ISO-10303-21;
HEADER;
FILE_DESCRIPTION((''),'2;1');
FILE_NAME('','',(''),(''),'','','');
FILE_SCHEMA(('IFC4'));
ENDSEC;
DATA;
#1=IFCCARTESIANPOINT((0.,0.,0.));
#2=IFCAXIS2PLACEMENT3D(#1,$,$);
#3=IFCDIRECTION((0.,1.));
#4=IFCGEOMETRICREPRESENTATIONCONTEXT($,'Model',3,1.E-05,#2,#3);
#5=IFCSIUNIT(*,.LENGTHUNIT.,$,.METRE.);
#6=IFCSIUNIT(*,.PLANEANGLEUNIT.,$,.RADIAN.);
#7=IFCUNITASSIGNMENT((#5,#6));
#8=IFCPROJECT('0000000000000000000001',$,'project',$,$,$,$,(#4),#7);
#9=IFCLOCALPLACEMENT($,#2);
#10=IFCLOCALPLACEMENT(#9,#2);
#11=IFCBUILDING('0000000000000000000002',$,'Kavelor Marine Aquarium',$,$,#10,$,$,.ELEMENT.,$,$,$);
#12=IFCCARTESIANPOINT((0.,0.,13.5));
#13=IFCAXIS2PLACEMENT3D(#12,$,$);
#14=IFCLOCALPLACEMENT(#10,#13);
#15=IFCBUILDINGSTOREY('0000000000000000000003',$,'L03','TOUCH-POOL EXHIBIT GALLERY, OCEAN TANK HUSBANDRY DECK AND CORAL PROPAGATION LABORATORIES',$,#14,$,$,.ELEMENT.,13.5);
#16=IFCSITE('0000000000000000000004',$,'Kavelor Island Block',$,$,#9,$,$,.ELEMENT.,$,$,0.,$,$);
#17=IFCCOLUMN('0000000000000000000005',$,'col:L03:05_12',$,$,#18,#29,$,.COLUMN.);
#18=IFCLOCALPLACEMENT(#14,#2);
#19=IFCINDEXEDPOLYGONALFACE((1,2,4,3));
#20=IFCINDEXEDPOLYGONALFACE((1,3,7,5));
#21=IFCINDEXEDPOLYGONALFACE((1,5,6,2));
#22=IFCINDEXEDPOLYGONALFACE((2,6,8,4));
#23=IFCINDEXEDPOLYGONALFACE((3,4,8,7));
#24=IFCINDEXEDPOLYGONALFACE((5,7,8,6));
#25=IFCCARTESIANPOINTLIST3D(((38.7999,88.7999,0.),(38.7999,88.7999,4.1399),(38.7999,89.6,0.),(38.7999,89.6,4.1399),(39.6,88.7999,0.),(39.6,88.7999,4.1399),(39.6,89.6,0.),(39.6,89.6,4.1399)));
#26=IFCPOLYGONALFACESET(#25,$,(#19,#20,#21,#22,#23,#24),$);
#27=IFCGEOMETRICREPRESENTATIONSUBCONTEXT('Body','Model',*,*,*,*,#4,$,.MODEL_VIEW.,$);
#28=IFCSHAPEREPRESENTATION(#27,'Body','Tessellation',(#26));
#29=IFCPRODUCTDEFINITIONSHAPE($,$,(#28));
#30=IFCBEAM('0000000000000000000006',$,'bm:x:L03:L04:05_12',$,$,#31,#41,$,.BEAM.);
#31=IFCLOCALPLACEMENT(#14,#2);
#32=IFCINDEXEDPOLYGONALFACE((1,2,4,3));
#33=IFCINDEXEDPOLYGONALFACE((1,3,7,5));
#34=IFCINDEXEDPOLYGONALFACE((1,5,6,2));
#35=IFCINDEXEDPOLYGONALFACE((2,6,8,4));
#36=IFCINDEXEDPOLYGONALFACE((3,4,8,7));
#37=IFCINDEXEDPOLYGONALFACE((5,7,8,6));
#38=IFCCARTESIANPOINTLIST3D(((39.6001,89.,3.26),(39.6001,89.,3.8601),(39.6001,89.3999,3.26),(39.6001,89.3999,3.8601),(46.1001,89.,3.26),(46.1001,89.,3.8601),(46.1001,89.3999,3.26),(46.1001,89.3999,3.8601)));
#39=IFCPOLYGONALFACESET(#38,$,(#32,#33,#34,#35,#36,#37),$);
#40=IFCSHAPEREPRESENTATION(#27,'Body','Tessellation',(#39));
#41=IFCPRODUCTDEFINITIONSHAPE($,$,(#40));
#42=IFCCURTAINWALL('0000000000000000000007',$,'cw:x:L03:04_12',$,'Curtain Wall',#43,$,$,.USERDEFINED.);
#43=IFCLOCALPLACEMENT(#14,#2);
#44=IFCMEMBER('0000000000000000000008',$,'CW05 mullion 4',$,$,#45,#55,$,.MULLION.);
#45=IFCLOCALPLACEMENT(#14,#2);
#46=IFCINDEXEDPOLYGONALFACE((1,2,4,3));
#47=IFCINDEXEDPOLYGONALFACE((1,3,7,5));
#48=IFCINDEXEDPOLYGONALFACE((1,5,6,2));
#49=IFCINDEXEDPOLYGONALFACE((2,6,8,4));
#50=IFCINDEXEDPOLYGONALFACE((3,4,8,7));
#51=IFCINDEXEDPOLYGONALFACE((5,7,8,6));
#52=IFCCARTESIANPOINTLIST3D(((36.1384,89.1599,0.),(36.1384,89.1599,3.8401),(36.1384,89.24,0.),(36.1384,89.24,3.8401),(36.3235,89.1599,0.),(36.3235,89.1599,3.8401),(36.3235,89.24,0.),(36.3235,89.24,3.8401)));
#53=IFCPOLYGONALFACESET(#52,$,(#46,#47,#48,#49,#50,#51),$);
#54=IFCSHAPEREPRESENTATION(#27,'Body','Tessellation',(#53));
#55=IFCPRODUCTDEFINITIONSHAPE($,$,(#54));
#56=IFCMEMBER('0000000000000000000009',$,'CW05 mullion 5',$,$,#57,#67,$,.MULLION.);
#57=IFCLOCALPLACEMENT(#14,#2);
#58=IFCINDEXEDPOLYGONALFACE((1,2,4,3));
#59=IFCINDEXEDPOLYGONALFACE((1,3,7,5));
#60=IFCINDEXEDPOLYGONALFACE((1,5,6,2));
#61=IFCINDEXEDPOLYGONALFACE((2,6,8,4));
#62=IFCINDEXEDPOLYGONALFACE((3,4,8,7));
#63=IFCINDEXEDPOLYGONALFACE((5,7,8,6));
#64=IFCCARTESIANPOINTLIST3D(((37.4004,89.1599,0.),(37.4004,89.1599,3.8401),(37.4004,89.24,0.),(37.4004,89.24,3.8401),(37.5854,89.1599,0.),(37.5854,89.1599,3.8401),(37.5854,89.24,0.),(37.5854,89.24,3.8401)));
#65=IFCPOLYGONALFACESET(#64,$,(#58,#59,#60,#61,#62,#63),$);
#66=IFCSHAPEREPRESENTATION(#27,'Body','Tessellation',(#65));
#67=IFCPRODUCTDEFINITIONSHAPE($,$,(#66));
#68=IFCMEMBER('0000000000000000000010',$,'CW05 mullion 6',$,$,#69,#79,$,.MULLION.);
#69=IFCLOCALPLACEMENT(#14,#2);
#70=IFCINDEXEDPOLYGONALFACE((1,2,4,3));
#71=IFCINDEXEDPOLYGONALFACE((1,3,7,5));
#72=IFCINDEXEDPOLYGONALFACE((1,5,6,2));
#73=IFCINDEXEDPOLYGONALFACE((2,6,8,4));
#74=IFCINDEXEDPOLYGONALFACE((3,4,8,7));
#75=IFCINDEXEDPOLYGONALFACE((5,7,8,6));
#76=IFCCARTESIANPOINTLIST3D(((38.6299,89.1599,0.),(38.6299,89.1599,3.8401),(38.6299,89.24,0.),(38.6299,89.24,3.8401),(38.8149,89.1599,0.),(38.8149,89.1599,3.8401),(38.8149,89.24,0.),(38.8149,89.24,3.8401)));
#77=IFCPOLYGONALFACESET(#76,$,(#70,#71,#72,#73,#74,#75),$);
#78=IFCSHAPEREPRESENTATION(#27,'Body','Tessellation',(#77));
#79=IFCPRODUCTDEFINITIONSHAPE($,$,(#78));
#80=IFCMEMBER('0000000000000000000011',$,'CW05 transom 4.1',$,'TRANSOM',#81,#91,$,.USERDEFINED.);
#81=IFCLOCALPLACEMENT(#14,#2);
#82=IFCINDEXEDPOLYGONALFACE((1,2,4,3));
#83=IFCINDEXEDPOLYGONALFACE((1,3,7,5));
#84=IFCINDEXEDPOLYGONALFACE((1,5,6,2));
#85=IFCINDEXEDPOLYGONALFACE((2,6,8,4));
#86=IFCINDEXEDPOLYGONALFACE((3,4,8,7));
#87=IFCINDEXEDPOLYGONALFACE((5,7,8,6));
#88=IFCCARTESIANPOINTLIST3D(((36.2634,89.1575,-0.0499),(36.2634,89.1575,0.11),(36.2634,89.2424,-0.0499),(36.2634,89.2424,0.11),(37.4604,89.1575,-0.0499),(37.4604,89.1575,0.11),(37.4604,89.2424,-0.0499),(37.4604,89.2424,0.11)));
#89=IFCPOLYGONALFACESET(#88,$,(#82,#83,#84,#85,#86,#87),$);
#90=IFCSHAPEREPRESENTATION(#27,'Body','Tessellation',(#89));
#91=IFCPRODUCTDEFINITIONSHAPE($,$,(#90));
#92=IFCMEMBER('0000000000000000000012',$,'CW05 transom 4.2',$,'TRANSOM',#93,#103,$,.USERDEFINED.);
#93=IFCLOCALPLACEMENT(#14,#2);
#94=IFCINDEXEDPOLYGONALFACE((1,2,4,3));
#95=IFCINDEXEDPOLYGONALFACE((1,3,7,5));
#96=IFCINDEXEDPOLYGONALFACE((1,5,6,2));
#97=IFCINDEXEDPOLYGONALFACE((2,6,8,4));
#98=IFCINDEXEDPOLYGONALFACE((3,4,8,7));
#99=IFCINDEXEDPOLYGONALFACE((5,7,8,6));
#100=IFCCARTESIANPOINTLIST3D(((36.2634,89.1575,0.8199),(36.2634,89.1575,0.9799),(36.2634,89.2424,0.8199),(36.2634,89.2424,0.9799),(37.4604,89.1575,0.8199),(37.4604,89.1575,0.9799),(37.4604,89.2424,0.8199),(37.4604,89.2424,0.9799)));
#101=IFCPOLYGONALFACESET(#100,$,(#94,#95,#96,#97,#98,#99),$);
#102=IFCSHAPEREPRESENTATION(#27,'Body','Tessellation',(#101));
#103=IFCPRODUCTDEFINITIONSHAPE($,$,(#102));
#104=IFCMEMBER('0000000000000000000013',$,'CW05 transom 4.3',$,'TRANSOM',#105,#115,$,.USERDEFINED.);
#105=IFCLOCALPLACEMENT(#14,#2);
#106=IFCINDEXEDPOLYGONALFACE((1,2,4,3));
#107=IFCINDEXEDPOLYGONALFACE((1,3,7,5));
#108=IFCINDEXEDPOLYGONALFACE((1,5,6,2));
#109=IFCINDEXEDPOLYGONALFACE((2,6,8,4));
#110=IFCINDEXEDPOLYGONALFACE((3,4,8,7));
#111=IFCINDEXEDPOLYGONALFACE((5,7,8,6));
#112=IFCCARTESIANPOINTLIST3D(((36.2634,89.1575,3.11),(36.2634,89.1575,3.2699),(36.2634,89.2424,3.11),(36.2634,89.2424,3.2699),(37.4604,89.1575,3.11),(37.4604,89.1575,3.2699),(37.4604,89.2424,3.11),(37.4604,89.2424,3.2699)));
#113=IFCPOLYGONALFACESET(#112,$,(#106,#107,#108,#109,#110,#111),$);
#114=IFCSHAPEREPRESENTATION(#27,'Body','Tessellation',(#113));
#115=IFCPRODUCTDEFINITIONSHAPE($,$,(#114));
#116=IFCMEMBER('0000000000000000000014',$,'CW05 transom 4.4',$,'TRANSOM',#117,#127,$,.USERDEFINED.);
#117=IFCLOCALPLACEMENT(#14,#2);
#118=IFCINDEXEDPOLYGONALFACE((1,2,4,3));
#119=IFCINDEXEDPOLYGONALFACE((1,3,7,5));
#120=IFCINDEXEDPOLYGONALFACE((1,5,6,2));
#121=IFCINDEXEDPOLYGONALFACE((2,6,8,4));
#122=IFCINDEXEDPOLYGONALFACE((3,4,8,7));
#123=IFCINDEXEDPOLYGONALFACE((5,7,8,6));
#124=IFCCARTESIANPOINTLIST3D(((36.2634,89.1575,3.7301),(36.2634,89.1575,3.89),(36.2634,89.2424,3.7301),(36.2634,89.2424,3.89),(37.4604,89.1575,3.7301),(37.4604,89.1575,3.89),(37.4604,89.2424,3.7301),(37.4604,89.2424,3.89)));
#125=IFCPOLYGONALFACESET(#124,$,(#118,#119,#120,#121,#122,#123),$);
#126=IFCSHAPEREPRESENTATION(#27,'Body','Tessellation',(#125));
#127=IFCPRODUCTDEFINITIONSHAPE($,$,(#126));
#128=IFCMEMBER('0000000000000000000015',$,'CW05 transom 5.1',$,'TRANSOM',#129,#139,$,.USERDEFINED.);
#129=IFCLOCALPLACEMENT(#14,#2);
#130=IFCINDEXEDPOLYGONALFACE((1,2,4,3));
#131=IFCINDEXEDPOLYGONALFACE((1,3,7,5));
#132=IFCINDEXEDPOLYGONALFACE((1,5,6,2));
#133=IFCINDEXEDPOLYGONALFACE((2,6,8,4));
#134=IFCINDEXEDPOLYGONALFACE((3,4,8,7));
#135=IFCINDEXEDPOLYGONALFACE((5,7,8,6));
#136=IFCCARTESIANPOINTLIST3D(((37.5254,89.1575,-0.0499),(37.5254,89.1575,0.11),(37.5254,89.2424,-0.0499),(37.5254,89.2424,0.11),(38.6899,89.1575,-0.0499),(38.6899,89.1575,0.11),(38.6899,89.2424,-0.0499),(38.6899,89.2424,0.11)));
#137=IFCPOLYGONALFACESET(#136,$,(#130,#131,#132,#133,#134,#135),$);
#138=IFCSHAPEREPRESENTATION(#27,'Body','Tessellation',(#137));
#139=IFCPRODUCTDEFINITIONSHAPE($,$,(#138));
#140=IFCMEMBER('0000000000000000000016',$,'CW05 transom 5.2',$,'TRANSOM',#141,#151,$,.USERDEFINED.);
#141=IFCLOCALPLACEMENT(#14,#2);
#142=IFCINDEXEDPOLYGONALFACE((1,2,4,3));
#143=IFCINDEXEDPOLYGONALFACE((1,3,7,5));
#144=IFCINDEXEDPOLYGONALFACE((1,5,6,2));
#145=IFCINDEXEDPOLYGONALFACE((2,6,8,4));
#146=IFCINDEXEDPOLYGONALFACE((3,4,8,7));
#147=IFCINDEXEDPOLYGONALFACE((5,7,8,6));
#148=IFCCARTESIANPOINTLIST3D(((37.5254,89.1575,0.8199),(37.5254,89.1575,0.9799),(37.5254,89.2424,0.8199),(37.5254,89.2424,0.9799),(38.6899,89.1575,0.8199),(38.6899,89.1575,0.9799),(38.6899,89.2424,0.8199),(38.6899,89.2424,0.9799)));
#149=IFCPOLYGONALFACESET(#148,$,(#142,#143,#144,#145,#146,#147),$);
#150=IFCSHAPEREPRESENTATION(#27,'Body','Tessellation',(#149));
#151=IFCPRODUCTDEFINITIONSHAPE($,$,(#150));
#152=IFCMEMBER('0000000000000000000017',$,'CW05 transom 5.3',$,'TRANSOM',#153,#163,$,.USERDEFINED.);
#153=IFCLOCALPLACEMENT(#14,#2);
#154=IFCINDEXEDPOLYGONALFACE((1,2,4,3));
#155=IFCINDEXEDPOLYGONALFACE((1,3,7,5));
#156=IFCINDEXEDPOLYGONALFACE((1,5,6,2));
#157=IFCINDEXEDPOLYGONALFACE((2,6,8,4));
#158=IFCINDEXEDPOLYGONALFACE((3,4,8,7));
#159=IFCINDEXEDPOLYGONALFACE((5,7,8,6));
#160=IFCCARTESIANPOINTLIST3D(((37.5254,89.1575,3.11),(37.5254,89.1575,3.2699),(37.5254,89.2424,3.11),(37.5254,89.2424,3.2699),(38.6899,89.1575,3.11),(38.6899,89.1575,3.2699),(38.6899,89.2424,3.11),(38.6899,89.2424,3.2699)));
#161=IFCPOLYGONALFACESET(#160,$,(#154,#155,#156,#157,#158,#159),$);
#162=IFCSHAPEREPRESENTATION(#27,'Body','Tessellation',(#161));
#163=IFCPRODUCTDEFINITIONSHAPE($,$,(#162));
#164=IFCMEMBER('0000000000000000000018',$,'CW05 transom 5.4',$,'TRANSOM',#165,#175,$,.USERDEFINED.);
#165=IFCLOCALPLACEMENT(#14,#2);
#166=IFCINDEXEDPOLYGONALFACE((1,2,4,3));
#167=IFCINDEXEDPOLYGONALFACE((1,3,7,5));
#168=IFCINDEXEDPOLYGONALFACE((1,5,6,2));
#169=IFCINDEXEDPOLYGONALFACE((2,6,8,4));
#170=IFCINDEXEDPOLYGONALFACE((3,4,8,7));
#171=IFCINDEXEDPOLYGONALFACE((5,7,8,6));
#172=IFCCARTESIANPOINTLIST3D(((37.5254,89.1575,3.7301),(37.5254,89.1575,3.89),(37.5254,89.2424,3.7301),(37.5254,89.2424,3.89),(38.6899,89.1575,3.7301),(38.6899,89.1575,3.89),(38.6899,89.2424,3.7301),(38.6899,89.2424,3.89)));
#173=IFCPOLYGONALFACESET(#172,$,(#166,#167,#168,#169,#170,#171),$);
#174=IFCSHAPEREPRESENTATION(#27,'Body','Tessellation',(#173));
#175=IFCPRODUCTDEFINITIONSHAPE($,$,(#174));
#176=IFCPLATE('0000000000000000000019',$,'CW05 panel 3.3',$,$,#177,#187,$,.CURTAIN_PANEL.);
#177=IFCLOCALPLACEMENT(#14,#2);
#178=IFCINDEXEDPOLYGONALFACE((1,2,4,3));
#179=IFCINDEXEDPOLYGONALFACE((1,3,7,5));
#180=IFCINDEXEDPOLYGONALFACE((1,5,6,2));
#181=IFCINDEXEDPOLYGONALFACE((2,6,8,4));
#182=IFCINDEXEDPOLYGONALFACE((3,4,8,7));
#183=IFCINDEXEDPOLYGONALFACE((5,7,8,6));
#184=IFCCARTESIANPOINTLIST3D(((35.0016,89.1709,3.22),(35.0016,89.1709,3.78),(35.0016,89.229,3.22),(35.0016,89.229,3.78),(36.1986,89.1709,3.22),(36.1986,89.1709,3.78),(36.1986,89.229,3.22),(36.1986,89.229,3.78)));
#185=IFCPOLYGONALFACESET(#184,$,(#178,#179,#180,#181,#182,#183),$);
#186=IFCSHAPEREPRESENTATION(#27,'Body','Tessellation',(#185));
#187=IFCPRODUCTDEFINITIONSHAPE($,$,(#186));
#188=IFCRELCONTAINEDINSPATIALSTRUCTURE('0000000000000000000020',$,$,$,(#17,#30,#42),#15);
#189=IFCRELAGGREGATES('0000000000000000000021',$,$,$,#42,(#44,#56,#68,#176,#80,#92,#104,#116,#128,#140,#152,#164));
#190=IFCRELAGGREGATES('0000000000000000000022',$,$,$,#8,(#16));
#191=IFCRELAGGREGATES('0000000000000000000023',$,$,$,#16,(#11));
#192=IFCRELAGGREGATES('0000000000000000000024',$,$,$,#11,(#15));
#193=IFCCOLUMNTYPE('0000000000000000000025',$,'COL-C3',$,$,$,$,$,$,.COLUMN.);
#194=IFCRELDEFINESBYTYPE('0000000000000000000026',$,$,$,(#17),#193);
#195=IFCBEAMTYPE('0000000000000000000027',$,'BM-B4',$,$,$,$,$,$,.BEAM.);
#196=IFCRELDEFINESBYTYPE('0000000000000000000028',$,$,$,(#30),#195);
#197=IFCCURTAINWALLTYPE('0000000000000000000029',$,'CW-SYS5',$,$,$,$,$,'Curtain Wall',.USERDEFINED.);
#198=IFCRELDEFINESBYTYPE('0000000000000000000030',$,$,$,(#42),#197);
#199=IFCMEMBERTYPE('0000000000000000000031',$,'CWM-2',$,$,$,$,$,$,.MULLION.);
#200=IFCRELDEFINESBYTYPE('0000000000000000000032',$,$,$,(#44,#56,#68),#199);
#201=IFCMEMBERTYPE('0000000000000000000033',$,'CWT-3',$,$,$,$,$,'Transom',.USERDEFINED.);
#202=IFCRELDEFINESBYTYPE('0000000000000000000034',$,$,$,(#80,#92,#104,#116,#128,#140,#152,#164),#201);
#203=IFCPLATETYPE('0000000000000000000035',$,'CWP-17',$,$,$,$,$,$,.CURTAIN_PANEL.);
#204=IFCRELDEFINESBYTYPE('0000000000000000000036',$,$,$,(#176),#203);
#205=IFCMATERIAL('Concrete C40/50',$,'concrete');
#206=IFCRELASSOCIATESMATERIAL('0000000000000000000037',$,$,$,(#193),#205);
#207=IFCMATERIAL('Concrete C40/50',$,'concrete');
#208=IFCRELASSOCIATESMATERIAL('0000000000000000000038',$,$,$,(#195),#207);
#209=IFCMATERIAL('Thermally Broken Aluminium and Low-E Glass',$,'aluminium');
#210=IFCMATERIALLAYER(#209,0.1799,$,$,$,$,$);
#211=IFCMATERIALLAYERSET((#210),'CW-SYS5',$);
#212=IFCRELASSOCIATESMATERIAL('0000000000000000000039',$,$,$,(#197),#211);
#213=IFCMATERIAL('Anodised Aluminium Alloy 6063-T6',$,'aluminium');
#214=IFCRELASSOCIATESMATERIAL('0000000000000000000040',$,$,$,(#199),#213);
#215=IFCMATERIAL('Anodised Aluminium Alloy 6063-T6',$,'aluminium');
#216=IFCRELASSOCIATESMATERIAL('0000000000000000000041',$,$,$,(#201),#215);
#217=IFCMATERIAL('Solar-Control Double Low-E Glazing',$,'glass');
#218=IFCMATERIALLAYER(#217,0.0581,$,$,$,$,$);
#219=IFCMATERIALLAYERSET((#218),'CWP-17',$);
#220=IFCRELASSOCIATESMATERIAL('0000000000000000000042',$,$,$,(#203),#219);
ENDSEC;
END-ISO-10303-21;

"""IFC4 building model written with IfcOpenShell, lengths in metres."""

from ifc_helpers import new_model, si_unit, direction, frame, origin, origin_2d, place, context, subcontext, project, spatial, rectangle, extrude, material, layer, layer_set, material_profile, profile_set, type_object, element, aggregate, save


model = new_model("IFC4")

# Units and contexts
model_context = context("Model", 3, precision=1e-05, world=origin(), true_north=direction((0.0, 1.0)))
body_context = subcontext(model_context, "Body", "Model", "MODEL_VIEW")
ifc_project = project(units=[si_unit("LENGTHUNIT", "METRE"), si_unit("PLANEANGLEUNIT", "RADIAN")], contexts=[model_context])

# Site, building, storey
site_placement = place(None, origin())
site = spatial("IfcSite", under=ifc_project, at=site_placement, Name="Kavelor Island Block", CompositionType="ELEMENT", RefElevation=0.0)
building_placement = place(site_placement, origin())
building = spatial("IfcBuilding", under=site, at=building_placement, Name="Kavelor Marine Aquarium", CompositionType="ELEMENT")
storey_placement = place(building_placement, frame((0.0, 0.0, 13.5)))
storey = spatial("IfcBuildingStorey", under=building, at=storey_placement, Name="L03", Description="TOUCH-POOL EXHIBIT GALLERY, OCEAN TANK HUSBANDRY DECK AND CORAL PROPAGATION LABORATORIES", CompositionType="ELEMENT", Elevation=13.5)

# Column
ifc_material_1 = material(Name="Concrete C40/50", Category="concrete")
ifc_material_profile_1 = material_profile(ifc_material_1, rectangle(XDim=0.8, YDim=0.8, at=origin_2d()), Name="RC-COL 800x800")
ifc_profile_set_1 = profile_set([ifc_material_profile_1], Name="Concrete C40/50")
column_type = type_object("IfcColumnType", Name="COL-C3", PredefinedType="COLUMN", material=ifc_profile_set_1)
column_placement = place(storey_placement, frame((39.2, 89.2, 0.0), z_axis=(0.0, 0.0, 1.0), x_axis=(1.0, 0.0, 0.0)))
element("IfcColumn", 1, at=column_placement, inside=storey, type_object=column_type, Name="col:L03:05_12", PredefinedType="COLUMN", context=body_context, shape_type="SweptSolid", body=[
    extrude(rectangle(XDim=0.8, YDim=0.8, at=origin_2d()), origin(), (0.0, 0.0, 1.0), 4.1399),
])

# Beam
ifc_material_2 = material(Name="Concrete C40/50", Category="concrete")
ifc_material_profile_2 = material_profile(ifc_material_2, rectangle(XDim=0.3999, YDim=0.6001, at=origin_2d()), Name="RC-BM 400x600")
ifc_profile_set_2 = profile_set([ifc_material_profile_2], Name="Concrete C40/50")
beam_type = type_object("IfcBeamType", Name="BM-B4", PredefinedType="BEAM", material=ifc_profile_set_2)
beam_placement = place(storey_placement, frame((39.6001, 89.2, 3.5601), z_axis=(1.0, 0.0, 0.0), x_axis=(0.0, 1.0, 0.0)))
element("IfcBeam", 2, at=beam_placement, inside=storey, type_object=beam_type, Name="bm:x:L03:L04:05_12", PredefinedType="BEAM", context=body_context, shape_type="SweptSolid", body=[
    extrude(rectangle(XDim=0.3999, YDim=0.6001, at=origin_2d()), origin(), (0.0, 0.0, 1.0), 6.5),
])

# Curtain wall, members, plate
ifc_material_3 = material(Name="Thermally Broken Aluminium and Low-E Glass", Category="aluminium")
ifc_layer_1 = layer(ifc_material_3, 0.1799)
ifc_layer_set_1 = layer_set([ifc_layer_1], Name="CW-SYS5")
curtain_wall_type = type_object("IfcCurtainWallType", Name="CW-SYS5", ElementType="Curtain Wall", PredefinedType="USERDEFINED", material=ifc_layer_set_1)
curtain_wall_placement = place(storey_placement, origin())
curtain_wall = element("IfcCurtainWall", 3, at=curtain_wall_placement, inside=storey, type_object=curtain_wall_type, Name="cw:x:L03:04_12", ObjectType="Curtain Wall", PredefinedType="USERDEFINED")
ifc_material_4 = material(Name="Anodised Aluminium Alloy 6063-T6", Category="aluminium")
ifc_material_profile_3 = material_profile(ifc_material_4, rectangle(XDim=0.0801, YDim=0.1851, at=origin_2d()), Name="CW-MUL 80x185")
ifc_profile_set_3 = profile_set([ifc_material_profile_3], Name="Anodised Aluminium Alloy 6063-T6")
member_type_1 = type_object("IfcMemberType", Name="CWM-2", PredefinedType="MULLION", material=ifc_profile_set_3)
member_1_placement = place(storey_placement, frame((36.231, 89.2, 0.0), z_axis=(0.0, 0.0, 1.0), x_axis=(0.0, 1.0, 0.0)))
member_1 = element("IfcMember", 4, at=member_1_placement, type_object=member_type_1, Name="CW05 mullion 4", PredefinedType="MULLION", context=body_context, shape_type="SweptSolid", body=[
    extrude(rectangle(XDim=0.0801, YDim=0.1851, at=origin_2d()), origin(), (0.0, 0.0, 1.0), 3.8401),
])
member_2_placement = place(storey_placement, frame((37.4929, 89.2, 0.0), z_axis=(0.0, 0.0, 1.0), x_axis=(0.0, 1.0, 0.0)))
member_2 = element("IfcMember", 5, at=member_2_placement, type_object=member_type_1, Name="CW05 mullion 5", PredefinedType="MULLION", context=body_context, shape_type="SweptSolid", body=[
    extrude(rectangle(XDim=0.0801, YDim=0.1851, at=origin_2d()), origin(), (0.0, 0.0, 1.0), 3.8401),
])
member_3_placement = place(storey_placement, frame((38.7224, 89.2, 0.0), z_axis=(0.0, 0.0, 1.0), x_axis=(0.0, 1.0, 0.0)))
member_3 = element("IfcMember", 6, at=member_3_placement, type_object=member_type_1, Name="CW05 mullion 6", PredefinedType="MULLION", context=body_context, shape_type="SweptSolid", body=[
    extrude(rectangle(XDim=0.0801, YDim=0.1851, at=origin_2d()), origin(), (0.0, 0.0, 1.0), 3.8401),
])
ifc_material_5 = material(Name="Anodised Aluminium Alloy 6063-T6", Category="aluminium")
ifc_material_profile_4 = material_profile(ifc_material_5, rectangle(XDim=0.085, YDim=0.1599, at=origin_2d()), Name="CW-TRN 85x160")
ifc_profile_set_4 = profile_set([ifc_material_profile_4], Name="Anodised Aluminium Alloy 6063-T6")
member_type_2 = type_object("IfcMemberType", Name="CWT-3", ElementType="Transom", PredefinedType="USERDEFINED", material=ifc_profile_set_4)
member_4_placement = place(storey_placement, frame((36.2634, 89.2, 0.03), z_axis=(1.0, 0.0, 0.0), x_axis=(0.0, 1.0, 0.0)))
member_4 = element("IfcMember", 7, at=member_4_placement, type_object=member_type_2, Name="CW05 transom 4.1", ObjectType="TRANSOM", PredefinedType="USERDEFINED", context=body_context, shape_type="SweptSolid", body=[
    extrude(rectangle(XDim=0.085, YDim=0.1599, at=origin_2d()), origin(), (0.0, 0.0, 1.0), 1.197),
])
member_5_placement = place(storey_placement, frame((36.2634, 89.2, 0.8999), z_axis=(1.0, 0.0, 0.0), x_axis=(0.0, 1.0, 0.0)))
member_5 = element("IfcMember", 8, at=member_5_placement, type_object=member_type_2, Name="CW05 transom 4.2", ObjectType="TRANSOM", PredefinedType="USERDEFINED", context=body_context, shape_type="SweptSolid", body=[
    extrude(rectangle(XDim=0.085, YDim=0.1599, at=origin_2d()), origin(), (0.0, 0.0, 1.0), 1.197),
])
member_6_placement = place(storey_placement, frame((36.2634, 89.2, 3.1899), z_axis=(1.0, 0.0, 0.0), x_axis=(0.0, 1.0, 0.0)))
member_6 = element("IfcMember", 9, at=member_6_placement, type_object=member_type_2, Name="CW05 transom 4.3", ObjectType="TRANSOM", PredefinedType="USERDEFINED", context=body_context, shape_type="SweptSolid", body=[
    extrude(rectangle(XDim=0.085, YDim=0.1599, at=origin_2d()), origin(), (0.0, 0.0, 1.0), 1.197),
])
member_7_placement = place(storey_placement, frame((36.2634, 89.2, 3.8101), z_axis=(1.0, 0.0, 0.0), x_axis=(0.0, 1.0, 0.0)))
member_7 = element("IfcMember", 10, at=member_7_placement, type_object=member_type_2, Name="CW05 transom 4.4", ObjectType="TRANSOM", PredefinedType="USERDEFINED", context=body_context, shape_type="SweptSolid", body=[
    extrude(rectangle(XDim=0.085, YDim=0.1599, at=origin_2d()), origin(), (0.0, 0.0, 1.0), 1.197),
])
member_8_placement = place(storey_placement, frame((37.5254, 89.2, 0.03), z_axis=(1.0, 0.0, 0.0), x_axis=(0.0, 1.0, 0.0)))
member_8 = element("IfcMember", 11, at=member_8_placement, type_object=member_type_2, Name="CW05 transom 5.1", ObjectType="TRANSOM", PredefinedType="USERDEFINED", context=body_context, shape_type="SweptSolid", body=[
    extrude(rectangle(XDim=0.085, YDim=0.1599, at=origin_2d()), origin(), (0.0, 0.0, 1.0), 1.1646),
])
member_9_placement = place(storey_placement, frame((37.5254, 89.2, 0.8999), z_axis=(1.0, 0.0, 0.0), x_axis=(0.0, 1.0, 0.0)))
member_9 = element("IfcMember", 12, at=member_9_placement, type_object=member_type_2, Name="CW05 transom 5.2", ObjectType="TRANSOM", PredefinedType="USERDEFINED", context=body_context, shape_type="SweptSolid", body=[
    extrude(rectangle(XDim=0.085, YDim=0.1599, at=origin_2d()), origin(), (0.0, 0.0, 1.0), 1.1646),
])
member_10_placement = place(storey_placement, frame((37.5254, 89.2, 3.1899), z_axis=(1.0, 0.0, 0.0), x_axis=(0.0, 1.0, 0.0)))
member_10 = element("IfcMember", 13, at=member_10_placement, type_object=member_type_2, Name="CW05 transom 5.3", ObjectType="TRANSOM", PredefinedType="USERDEFINED", context=body_context, shape_type="SweptSolid", body=[
    extrude(rectangle(XDim=0.085, YDim=0.1599, at=origin_2d()), origin(), (0.0, 0.0, 1.0), 1.1646),
])
member_11_placement = place(storey_placement, frame((37.5254, 89.2, 3.8101), z_axis=(1.0, 0.0, 0.0), x_axis=(0.0, 1.0, 0.0)))
member_11 = element("IfcMember", 14, at=member_11_placement, type_object=member_type_2, Name="CW05 transom 5.4", ObjectType="TRANSOM", PredefinedType="USERDEFINED", context=body_context, shape_type="SweptSolid", body=[
    extrude(rectangle(XDim=0.085, YDim=0.1599, at=origin_2d()), origin(), (0.0, 0.0, 1.0), 1.1646),
])
ifc_material_6 = material(Name="Solar-Control Double Low-E Glazing", Category="glass")
ifc_layer_2 = layer(ifc_material_6, 0.0581)
ifc_layer_set_2 = layer_set([ifc_layer_2], Name="CWP-17")
plate_type = type_object("IfcPlateType", Name="CWP-17", PredefinedType="CURTAIN_PANEL", material=ifc_layer_set_2)
plate_1_placement = place(storey_placement, frame((35.6001, 89.2, 3.22), z_axis=(0.0, 0.0, 1.0), x_axis=(1.0, 0.0, 0.0)))
plate_1 = element("IfcPlate", 15, at=plate_1_placement, type_object=plate_type, Name="CW05 panel 3.3", PredefinedType="CURTAIN_PANEL", context=body_context, shape_type="SweptSolid", body=[
    extrude(rectangle(XDim=1.197, YDim=0.0581, at=origin_2d()), origin(), (0.0, 0.0, 1.0), 0.5601),
])
aggregate(curtain_wall, [member_1, member_2, member_3, plate_1, member_4, member_5, member_6, member_7, member_8, member_9, member_10, member_11])

save(model, "model.ifc")
